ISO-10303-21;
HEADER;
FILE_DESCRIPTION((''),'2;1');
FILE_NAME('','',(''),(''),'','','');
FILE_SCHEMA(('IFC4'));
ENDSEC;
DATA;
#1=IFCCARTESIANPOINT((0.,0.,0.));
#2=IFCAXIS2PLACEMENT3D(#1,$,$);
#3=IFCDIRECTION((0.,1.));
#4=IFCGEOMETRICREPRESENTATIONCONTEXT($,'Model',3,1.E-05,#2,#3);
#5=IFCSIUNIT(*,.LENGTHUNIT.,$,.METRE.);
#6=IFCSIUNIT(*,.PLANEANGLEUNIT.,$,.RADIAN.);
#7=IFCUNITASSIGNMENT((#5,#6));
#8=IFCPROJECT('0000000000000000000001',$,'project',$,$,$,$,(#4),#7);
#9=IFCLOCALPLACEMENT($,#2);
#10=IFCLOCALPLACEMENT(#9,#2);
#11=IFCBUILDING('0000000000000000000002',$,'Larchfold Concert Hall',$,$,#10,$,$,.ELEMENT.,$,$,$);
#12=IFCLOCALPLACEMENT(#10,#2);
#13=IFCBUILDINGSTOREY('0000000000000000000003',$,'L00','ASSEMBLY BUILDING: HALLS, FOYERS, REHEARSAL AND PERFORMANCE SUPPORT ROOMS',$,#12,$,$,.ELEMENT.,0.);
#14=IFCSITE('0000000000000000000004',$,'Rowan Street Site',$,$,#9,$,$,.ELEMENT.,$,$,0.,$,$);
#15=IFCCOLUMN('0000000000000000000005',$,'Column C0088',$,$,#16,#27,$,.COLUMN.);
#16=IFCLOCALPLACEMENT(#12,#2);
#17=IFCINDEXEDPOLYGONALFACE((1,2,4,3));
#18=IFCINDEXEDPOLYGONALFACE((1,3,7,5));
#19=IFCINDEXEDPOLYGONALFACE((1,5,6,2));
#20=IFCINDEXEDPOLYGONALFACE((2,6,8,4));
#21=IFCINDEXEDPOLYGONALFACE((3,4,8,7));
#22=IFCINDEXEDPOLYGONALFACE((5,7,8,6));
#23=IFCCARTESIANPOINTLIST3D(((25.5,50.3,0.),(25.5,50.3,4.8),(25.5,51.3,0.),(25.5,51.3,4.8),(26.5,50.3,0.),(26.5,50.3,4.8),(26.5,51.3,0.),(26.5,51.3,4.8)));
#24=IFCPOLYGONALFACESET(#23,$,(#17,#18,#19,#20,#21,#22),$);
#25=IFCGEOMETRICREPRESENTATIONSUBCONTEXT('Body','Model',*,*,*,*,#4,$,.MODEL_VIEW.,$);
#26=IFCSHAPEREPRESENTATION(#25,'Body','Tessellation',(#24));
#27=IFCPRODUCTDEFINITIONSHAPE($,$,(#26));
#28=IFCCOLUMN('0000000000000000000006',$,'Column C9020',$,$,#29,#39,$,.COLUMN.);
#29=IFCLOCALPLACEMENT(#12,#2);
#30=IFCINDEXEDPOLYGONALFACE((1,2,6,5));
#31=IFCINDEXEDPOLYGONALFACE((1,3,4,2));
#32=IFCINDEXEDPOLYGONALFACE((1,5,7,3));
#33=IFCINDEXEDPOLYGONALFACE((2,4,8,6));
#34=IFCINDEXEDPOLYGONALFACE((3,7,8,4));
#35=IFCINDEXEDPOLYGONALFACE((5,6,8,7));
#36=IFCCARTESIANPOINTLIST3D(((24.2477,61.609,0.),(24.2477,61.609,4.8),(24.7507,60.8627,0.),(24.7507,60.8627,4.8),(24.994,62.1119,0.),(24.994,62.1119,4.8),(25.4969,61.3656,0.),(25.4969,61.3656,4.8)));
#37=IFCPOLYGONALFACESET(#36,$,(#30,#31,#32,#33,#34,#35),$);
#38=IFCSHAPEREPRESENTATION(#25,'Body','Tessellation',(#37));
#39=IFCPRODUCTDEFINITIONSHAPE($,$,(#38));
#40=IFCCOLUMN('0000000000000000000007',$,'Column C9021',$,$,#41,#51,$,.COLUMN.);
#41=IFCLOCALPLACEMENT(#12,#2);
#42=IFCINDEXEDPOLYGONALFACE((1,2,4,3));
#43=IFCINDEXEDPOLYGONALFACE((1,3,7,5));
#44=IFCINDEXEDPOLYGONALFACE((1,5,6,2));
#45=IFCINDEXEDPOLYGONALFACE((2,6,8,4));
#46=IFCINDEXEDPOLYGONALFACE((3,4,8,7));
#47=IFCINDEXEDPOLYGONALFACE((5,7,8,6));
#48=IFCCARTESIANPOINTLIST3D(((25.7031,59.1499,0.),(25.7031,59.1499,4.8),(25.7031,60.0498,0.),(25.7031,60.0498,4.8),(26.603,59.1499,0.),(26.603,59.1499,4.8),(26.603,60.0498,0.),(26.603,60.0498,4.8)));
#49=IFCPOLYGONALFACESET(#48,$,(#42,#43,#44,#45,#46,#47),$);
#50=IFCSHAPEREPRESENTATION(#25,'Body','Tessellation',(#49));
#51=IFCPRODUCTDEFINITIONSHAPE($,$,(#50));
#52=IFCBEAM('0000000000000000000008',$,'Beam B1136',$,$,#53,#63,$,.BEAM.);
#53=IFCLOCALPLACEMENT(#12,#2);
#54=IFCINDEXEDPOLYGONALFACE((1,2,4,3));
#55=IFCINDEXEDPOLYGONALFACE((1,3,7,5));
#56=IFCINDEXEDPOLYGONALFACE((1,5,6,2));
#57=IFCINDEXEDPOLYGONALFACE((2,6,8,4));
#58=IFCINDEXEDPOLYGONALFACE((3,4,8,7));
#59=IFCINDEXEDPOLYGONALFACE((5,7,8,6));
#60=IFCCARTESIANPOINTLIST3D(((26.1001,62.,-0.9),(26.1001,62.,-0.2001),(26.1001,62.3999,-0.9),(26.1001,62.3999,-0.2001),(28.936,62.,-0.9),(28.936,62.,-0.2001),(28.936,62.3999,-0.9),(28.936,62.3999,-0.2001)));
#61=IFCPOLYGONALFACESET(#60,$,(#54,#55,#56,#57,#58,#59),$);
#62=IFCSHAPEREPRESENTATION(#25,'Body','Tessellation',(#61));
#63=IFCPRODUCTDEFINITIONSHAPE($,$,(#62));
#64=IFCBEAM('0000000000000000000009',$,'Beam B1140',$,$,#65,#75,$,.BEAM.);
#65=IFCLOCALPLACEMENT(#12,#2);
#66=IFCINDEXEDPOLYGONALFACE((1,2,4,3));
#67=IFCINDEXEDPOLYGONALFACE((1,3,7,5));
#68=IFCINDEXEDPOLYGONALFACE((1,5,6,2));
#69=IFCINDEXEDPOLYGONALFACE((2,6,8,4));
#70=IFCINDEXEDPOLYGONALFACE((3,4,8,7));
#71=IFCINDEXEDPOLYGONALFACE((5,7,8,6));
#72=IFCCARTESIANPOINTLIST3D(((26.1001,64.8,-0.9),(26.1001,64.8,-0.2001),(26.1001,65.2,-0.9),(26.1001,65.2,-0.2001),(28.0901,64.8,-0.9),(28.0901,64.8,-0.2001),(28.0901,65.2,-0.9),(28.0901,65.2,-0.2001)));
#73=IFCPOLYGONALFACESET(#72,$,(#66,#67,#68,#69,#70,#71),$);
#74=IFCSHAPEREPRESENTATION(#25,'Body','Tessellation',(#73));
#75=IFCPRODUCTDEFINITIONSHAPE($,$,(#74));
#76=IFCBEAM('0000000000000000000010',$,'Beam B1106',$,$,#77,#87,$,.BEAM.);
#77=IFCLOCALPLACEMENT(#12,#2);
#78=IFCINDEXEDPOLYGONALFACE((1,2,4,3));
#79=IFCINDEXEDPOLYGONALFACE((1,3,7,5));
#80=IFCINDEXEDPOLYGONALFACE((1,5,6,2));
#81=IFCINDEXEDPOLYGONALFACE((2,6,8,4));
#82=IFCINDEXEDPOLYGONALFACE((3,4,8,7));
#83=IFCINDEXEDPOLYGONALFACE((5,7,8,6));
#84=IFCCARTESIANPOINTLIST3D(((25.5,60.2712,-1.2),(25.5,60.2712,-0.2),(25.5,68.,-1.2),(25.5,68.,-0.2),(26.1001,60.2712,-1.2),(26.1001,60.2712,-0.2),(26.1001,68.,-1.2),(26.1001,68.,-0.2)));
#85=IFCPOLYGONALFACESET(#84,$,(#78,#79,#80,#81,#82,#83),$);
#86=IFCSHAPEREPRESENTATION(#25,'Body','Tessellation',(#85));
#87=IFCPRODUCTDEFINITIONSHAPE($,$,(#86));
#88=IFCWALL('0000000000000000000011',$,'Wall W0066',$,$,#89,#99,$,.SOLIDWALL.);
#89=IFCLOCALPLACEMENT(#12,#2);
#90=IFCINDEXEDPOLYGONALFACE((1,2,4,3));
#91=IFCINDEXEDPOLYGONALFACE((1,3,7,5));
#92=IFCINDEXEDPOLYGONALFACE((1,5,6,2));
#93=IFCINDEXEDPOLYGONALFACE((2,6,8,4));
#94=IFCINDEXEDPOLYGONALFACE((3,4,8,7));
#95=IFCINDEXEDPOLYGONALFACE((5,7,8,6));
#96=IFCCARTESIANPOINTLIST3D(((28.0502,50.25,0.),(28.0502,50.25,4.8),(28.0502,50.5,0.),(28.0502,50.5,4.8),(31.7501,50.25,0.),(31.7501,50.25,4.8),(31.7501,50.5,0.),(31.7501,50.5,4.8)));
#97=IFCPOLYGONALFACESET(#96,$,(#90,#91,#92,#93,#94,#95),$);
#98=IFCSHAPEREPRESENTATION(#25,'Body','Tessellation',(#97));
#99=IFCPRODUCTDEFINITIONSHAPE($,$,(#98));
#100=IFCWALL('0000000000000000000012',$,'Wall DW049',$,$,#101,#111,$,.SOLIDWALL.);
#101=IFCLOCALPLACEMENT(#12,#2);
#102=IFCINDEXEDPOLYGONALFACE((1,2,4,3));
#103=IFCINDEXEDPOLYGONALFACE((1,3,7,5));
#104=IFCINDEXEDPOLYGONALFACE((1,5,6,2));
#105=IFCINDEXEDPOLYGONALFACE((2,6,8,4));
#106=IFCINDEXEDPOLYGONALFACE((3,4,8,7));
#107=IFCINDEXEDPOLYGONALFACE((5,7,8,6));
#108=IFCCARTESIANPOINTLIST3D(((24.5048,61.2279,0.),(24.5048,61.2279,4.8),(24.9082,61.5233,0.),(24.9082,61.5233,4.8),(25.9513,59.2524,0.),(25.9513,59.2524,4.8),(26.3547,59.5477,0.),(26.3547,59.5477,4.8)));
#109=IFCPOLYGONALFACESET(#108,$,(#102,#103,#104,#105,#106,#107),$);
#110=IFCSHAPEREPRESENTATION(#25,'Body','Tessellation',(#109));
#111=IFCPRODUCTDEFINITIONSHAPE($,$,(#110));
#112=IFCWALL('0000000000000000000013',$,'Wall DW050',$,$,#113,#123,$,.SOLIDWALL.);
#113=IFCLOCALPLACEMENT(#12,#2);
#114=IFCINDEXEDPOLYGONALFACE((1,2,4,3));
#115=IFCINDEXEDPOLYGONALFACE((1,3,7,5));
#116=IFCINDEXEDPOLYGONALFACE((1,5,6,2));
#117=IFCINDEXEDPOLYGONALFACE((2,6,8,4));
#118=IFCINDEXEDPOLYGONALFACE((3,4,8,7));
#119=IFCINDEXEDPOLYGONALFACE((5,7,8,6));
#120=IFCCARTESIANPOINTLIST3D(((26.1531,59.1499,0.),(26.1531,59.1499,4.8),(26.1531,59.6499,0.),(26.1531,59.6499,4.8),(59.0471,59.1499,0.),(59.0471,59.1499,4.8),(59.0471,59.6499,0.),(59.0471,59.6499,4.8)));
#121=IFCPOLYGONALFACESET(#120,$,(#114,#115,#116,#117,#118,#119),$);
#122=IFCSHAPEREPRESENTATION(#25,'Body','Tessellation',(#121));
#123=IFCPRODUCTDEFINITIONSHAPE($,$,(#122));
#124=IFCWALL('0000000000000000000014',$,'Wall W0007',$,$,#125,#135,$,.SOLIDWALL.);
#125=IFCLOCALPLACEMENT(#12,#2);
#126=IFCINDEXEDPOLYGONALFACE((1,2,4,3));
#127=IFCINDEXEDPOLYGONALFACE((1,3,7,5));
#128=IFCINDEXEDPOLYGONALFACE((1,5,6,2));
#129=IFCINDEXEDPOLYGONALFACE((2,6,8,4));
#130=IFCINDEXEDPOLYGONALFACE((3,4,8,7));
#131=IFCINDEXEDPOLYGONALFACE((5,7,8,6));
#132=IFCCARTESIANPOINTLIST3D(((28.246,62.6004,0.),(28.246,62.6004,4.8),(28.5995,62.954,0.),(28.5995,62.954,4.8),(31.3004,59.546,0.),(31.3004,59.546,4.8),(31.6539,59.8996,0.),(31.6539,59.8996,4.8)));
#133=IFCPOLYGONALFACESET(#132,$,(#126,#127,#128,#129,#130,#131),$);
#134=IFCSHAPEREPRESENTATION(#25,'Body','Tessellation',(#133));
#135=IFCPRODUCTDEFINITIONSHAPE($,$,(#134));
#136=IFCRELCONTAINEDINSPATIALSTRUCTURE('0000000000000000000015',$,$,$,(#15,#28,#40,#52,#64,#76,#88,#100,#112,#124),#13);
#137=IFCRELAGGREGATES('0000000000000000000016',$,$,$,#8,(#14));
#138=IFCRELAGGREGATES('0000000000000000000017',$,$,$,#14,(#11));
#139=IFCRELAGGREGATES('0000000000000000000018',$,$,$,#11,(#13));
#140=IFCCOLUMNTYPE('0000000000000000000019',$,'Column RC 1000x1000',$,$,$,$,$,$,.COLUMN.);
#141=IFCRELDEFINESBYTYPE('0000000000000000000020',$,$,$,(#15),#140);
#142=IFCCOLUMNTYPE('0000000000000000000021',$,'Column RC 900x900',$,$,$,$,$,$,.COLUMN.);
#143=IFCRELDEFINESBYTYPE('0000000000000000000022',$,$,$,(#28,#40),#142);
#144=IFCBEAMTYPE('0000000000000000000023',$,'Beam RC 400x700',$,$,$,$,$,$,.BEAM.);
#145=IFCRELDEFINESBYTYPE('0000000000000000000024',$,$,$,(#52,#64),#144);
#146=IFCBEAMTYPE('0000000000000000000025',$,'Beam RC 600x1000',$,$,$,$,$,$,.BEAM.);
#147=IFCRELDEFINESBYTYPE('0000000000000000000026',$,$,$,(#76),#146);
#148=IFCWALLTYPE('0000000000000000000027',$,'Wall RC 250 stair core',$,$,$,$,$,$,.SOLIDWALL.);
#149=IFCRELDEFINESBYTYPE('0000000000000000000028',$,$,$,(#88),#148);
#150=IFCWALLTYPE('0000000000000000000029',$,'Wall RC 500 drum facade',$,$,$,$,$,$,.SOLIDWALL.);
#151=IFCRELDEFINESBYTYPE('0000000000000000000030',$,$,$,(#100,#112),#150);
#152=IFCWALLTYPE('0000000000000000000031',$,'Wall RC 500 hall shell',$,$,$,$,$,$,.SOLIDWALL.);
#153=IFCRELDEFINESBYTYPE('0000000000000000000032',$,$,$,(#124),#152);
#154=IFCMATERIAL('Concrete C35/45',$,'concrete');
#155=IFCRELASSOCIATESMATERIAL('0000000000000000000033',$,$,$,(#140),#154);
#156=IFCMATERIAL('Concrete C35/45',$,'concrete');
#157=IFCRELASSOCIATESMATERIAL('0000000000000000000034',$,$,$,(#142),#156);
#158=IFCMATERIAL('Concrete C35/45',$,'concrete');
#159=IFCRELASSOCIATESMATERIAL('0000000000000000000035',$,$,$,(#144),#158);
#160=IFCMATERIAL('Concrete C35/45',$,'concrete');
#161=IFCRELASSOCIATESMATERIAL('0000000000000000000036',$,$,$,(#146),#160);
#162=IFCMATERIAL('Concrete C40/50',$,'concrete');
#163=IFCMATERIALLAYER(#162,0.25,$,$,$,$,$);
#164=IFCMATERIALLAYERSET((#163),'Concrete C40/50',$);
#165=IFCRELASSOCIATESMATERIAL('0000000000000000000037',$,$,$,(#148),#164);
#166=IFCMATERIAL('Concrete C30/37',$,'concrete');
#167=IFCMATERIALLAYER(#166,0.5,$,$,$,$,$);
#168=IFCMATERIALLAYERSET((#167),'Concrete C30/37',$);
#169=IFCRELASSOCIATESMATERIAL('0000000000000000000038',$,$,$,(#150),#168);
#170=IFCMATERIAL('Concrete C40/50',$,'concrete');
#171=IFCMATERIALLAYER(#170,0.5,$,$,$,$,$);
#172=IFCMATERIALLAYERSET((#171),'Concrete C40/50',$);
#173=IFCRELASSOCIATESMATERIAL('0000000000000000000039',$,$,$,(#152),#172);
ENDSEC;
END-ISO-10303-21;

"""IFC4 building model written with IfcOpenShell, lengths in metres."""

from ifc_helpers import new_model, si_unit, direction, frame, frame_2d, origin, origin_2d, place, context, subcontext, project, spatial, rectangle, extrude, material, layer, layer_set, material_profile, profile_set, type_object, element, save


model = new_model("IFC4")

# Units and contexts
model_context = context("Model", 3, precision=1e-05, world=origin(), true_north=direction((0.0, 1.0)))
body_context = subcontext(model_context, "Body", "Model", "MODEL_VIEW")
ifc_project = project(units=[si_unit("LENGTHUNIT", "METRE"), si_unit("PLANEANGLEUNIT", "RADIAN")], contexts=[model_context])

# Site, building, storey
site_placement = place(None, origin())
site = spatial("IfcSite", under=ifc_project, at=site_placement, Name="Rowan Street Site", CompositionType="ELEMENT", RefElevation=0.0)
building_placement = place(site_placement, origin())
building = spatial("IfcBuilding", under=site, at=building_placement, Name="Larchfold Concert Hall", CompositionType="ELEMENT")
storey_placement = place(building_placement, origin())
storey = spatial("IfcBuildingStorey", under=building, at=storey_placement, Name="L00", Description="ASSEMBLY BUILDING: HALLS, FOYERS, REHEARSAL AND PERFORMANCE SUPPORT ROOMS", CompositionType="ELEMENT", Elevation=0.0)

# Columns
ifc_material_1 = material(Name="Concrete C35/45", Category="concrete")
ifc_material_profile_1 = material_profile(ifc_material_1, rectangle(XDim=1.0, YDim=1.0, at=origin_2d()))
ifc_profile_set_1 = profile_set([ifc_material_profile_1], Name="Concrete C35/45")
column_type_1 = type_object("IfcColumnType", Name="Column RC 1000x1000", PredefinedType="COLUMN", material=ifc_profile_set_1)
column_placement = place(storey_placement, frame((26.0, 50.8, 0.0), z_axis=(0.0, 0.0, 1.0), x_axis=(1.0, 0.0, 0.0)))
element("IfcColumn", 1, at=column_placement, inside=storey, type_object=column_type_1, Name="Column C0088", PredefinedType="COLUMN", context=body_context, shape_type="SweptSolid", body=[
    extrude(rectangle(XDim=1.0, YDim=1.0, at=origin_2d()), origin(), (0.0, 0.0, 1.0), 4.8),
])
ifc_material_2 = material(Name="Concrete C35/45", Category="concrete")
ifc_material_profile_2 = material_profile(ifc_material_2, rectangle(XDim=0.8999, YDim=0.8999, at=origin_2d()))
ifc_profile_set_2 = profile_set([ifc_material_profile_2], Name="Concrete C35/45")
column_type_2 = type_object("IfcColumnType", Name="Column RC 900x900", PredefinedType="COLUMN", material=ifc_profile_set_2)
for number, where, z_axis, x_axis, name in (
    (2, (24.8723, 61.4873, 0.0), (0.0, 0.0, 1.0), (0.829253, 0.558874, 0.0), "Column C9020"),
    (3, (26.1531, 59.5999, 0.0), (0.0, 0.0, 1.0), (1.0, 0.0, 0.0), "Column C9021"),
):
    element("IfcColumn", number, at=place(storey_placement, frame(where, z_axis=z_axis, x_axis=x_axis)), inside=storey, type_object=column_type_2, Name=name, PredefinedType="COLUMN", context=body_context, shape_type="SweptSolid", body=[
        extrude(rectangle(XDim=0.8999, YDim=0.8999, at=origin_2d()), origin(), (0.0, 0.0, 1.0), 4.8),
    ])

# Beams
ifc_material_3 = material(Name="Concrete C35/45", Category="concrete")
ifc_material_profile_3 = material_profile(ifc_material_3, rectangle(XDim=0.3999, YDim=0.7, at=origin_2d()))
ifc_profile_set_3 = profile_set([ifc_material_profile_3], Name="Concrete C35/45")
beam_type_1 = type_object("IfcBeamType", Name="Beam RC 400x700", PredefinedType="BEAM", material=ifc_profile_set_3)
beam_1_placement = place(storey_placement, frame((26.1001, 62.2, -0.55), z_axis=(1.0, 0.0, 0.0), x_axis=(0.0, 1.0, 0.0)))
element("IfcBeam", 4, at=beam_1_placement, inside=storey, type_object=beam_type_1, Name="Beam B1136", PredefinedType="BEAM", context=body_context, shape_type="SweptSolid", body=[
    extrude(rectangle(XDim=0.3999, YDim=0.7, at=origin_2d()), origin(), (0.0, 0.0, 1.0), 2.8359),
])
beam_2_placement = place(storey_placement, frame((26.1001, 65.0, -0.55), z_axis=(1.0, 0.0, 0.0), x_axis=(0.0, 1.0, 0.0)))
element("IfcBeam", 5, at=beam_2_placement, inside=storey, type_object=beam_type_1, Name="Beam B1140", PredefinedType="BEAM", context=body_context, shape_type="SweptSolid", body=[
    extrude(rectangle(XDim=0.3999, YDim=0.7, at=origin_2d()), origin(), (0.0, 0.0, 1.0), 1.99),
])
ifc_material_4 = material(Name="Concrete C35/45", Category="concrete")
ifc_material_profile_4 = material_profile(ifc_material_4, rectangle(XDim=0.6001, YDim=1.0, at=origin_2d()))
ifc_profile_set_4 = profile_set([ifc_material_profile_4], Name="Concrete C35/45")
beam_type_2 = type_object("IfcBeamType", Name="Beam RC 600x1000", PredefinedType="BEAM", material=ifc_profile_set_4)
beam_3_placement = place(storey_placement, frame((25.8, 60.2712, -0.7), z_axis=(0.0, 1.0, 0.0), x_axis=(-1.0, 0.0, 0.0)))
element("IfcBeam", 6, at=beam_3_placement, inside=storey, type_object=beam_type_2, Name="Beam B1106", PredefinedType="BEAM", context=body_context, shape_type="SweptSolid", body=[
    extrude(rectangle(XDim=0.6001, YDim=1.0, at=origin_2d()), origin(), (0.0, 0.0, 1.0), 7.7288),
])

# Walls
ifc_material_5 = material(Name="Concrete C40/50", Category="concrete")
ifc_layer_1 = layer(ifc_material_5, 0.25)
ifc_layer_set_1 = layer_set([ifc_layer_1], Name="Concrete C40/50")
wall_type_1 = type_object("IfcWallType", Name="Wall RC 250 stair core", PredefinedType="SOLIDWALL", material=ifc_layer_set_1)
wall_1_placement = place(storey_placement, frame((28.05, 50.375, 0.0), z_axis=(0.0, 0.0, 1.0), x_axis=(1.0, 0.0, 0.0)))
element("IfcWall", 7, at=wall_1_placement, inside=storey, type_object=wall_type_1, Name="Wall W0066", PredefinedType="SOLIDWALL", context=body_context, shape_type="SweptSolid", body=[
    extrude(rectangle(XDim=3.7, YDim=0.25, at=frame_2d((1.8501, 0.0))), origin(), (0.0, 0.0, 1.0), 4.8),
])
ifc_material_6 = material(Name="Concrete C30/37", Category="concrete")
ifc_layer_2 = layer(ifc_material_6, 0.5)
ifc_layer_set_2 = layer_set([ifc_layer_2], Name="Concrete C30/37")
wall_type_2 = type_object("IfcWallType", Name="Wall RC 500 drum facade", PredefinedType="SOLIDWALL", material=ifc_layer_set_2)
wall_2_placement = place(storey_placement, frame((24.7065, 61.3755, 0.0), z_axis=(0.0, 0.0, 1.0), x_axis=(0.590771, -0.806839, 0.0)))
element("IfcWall", 8, at=wall_2_placement, inside=storey, type_object=wall_type_2, Name="Wall DW049", PredefinedType="SOLIDWALL", context=body_context, shape_type="SweptSolid", body=[
    extrude(rectangle(XDim=2.4485, YDim=0.5, at=frame_2d((1.2241, 0.0))), origin(), (0.0, 0.0, 1.0), 4.8),
])
wall_3_placement = place(storey_placement, frame((26.1531, 59.3999, 0.0), z_axis=(0.0, 0.0, 1.0), x_axis=(1.0, 0.0, 0.0)))
element("IfcWall", 9, at=wall_3_placement, inside=storey, type_object=wall_type_2, Name="Wall DW050", PredefinedType="SOLIDWALL", context=body_context, shape_type="SweptSolid", body=[
    extrude(rectangle(XDim=32.894, YDim=0.5, at=frame_2d((16.447, 0.0))), origin(), (0.0, 0.0, 1.0), 4.8),
])
ifc_material_7 = material(Name="Concrete C40/50", Category="concrete")
ifc_layer_3 = layer(ifc_material_7, 0.5)
ifc_layer_set_3 = layer_set([ifc_layer_3], Name="Concrete C40/50")
wall_type_3 = type_object("IfcWallType", Name="Wall RC 500 hall shell", PredefinedType="SOLIDWALL", material=ifc_layer_set_3)
wall_4_placement = place(storey_placement, frame((28.4229, 62.7771, 0.0), z_axis=(0.0, 0.0, 1.0), x_axis=(0.707107, -0.707107, 0.0)))
element("IfcWall", 10, at=wall_4_placement, inside=storey, type_object=wall_type_3, Name="Wall W0007", PredefinedType="SOLIDWALL", context=body_context, shape_type="SweptSolid", body=[
    extrude(rectangle(XDim=4.3196, YDim=0.5, at=frame_2d((2.1597, 0.0))), origin(), (0.0, 0.0, 1.0), 4.8),
])

save(model, "model.ifc")
